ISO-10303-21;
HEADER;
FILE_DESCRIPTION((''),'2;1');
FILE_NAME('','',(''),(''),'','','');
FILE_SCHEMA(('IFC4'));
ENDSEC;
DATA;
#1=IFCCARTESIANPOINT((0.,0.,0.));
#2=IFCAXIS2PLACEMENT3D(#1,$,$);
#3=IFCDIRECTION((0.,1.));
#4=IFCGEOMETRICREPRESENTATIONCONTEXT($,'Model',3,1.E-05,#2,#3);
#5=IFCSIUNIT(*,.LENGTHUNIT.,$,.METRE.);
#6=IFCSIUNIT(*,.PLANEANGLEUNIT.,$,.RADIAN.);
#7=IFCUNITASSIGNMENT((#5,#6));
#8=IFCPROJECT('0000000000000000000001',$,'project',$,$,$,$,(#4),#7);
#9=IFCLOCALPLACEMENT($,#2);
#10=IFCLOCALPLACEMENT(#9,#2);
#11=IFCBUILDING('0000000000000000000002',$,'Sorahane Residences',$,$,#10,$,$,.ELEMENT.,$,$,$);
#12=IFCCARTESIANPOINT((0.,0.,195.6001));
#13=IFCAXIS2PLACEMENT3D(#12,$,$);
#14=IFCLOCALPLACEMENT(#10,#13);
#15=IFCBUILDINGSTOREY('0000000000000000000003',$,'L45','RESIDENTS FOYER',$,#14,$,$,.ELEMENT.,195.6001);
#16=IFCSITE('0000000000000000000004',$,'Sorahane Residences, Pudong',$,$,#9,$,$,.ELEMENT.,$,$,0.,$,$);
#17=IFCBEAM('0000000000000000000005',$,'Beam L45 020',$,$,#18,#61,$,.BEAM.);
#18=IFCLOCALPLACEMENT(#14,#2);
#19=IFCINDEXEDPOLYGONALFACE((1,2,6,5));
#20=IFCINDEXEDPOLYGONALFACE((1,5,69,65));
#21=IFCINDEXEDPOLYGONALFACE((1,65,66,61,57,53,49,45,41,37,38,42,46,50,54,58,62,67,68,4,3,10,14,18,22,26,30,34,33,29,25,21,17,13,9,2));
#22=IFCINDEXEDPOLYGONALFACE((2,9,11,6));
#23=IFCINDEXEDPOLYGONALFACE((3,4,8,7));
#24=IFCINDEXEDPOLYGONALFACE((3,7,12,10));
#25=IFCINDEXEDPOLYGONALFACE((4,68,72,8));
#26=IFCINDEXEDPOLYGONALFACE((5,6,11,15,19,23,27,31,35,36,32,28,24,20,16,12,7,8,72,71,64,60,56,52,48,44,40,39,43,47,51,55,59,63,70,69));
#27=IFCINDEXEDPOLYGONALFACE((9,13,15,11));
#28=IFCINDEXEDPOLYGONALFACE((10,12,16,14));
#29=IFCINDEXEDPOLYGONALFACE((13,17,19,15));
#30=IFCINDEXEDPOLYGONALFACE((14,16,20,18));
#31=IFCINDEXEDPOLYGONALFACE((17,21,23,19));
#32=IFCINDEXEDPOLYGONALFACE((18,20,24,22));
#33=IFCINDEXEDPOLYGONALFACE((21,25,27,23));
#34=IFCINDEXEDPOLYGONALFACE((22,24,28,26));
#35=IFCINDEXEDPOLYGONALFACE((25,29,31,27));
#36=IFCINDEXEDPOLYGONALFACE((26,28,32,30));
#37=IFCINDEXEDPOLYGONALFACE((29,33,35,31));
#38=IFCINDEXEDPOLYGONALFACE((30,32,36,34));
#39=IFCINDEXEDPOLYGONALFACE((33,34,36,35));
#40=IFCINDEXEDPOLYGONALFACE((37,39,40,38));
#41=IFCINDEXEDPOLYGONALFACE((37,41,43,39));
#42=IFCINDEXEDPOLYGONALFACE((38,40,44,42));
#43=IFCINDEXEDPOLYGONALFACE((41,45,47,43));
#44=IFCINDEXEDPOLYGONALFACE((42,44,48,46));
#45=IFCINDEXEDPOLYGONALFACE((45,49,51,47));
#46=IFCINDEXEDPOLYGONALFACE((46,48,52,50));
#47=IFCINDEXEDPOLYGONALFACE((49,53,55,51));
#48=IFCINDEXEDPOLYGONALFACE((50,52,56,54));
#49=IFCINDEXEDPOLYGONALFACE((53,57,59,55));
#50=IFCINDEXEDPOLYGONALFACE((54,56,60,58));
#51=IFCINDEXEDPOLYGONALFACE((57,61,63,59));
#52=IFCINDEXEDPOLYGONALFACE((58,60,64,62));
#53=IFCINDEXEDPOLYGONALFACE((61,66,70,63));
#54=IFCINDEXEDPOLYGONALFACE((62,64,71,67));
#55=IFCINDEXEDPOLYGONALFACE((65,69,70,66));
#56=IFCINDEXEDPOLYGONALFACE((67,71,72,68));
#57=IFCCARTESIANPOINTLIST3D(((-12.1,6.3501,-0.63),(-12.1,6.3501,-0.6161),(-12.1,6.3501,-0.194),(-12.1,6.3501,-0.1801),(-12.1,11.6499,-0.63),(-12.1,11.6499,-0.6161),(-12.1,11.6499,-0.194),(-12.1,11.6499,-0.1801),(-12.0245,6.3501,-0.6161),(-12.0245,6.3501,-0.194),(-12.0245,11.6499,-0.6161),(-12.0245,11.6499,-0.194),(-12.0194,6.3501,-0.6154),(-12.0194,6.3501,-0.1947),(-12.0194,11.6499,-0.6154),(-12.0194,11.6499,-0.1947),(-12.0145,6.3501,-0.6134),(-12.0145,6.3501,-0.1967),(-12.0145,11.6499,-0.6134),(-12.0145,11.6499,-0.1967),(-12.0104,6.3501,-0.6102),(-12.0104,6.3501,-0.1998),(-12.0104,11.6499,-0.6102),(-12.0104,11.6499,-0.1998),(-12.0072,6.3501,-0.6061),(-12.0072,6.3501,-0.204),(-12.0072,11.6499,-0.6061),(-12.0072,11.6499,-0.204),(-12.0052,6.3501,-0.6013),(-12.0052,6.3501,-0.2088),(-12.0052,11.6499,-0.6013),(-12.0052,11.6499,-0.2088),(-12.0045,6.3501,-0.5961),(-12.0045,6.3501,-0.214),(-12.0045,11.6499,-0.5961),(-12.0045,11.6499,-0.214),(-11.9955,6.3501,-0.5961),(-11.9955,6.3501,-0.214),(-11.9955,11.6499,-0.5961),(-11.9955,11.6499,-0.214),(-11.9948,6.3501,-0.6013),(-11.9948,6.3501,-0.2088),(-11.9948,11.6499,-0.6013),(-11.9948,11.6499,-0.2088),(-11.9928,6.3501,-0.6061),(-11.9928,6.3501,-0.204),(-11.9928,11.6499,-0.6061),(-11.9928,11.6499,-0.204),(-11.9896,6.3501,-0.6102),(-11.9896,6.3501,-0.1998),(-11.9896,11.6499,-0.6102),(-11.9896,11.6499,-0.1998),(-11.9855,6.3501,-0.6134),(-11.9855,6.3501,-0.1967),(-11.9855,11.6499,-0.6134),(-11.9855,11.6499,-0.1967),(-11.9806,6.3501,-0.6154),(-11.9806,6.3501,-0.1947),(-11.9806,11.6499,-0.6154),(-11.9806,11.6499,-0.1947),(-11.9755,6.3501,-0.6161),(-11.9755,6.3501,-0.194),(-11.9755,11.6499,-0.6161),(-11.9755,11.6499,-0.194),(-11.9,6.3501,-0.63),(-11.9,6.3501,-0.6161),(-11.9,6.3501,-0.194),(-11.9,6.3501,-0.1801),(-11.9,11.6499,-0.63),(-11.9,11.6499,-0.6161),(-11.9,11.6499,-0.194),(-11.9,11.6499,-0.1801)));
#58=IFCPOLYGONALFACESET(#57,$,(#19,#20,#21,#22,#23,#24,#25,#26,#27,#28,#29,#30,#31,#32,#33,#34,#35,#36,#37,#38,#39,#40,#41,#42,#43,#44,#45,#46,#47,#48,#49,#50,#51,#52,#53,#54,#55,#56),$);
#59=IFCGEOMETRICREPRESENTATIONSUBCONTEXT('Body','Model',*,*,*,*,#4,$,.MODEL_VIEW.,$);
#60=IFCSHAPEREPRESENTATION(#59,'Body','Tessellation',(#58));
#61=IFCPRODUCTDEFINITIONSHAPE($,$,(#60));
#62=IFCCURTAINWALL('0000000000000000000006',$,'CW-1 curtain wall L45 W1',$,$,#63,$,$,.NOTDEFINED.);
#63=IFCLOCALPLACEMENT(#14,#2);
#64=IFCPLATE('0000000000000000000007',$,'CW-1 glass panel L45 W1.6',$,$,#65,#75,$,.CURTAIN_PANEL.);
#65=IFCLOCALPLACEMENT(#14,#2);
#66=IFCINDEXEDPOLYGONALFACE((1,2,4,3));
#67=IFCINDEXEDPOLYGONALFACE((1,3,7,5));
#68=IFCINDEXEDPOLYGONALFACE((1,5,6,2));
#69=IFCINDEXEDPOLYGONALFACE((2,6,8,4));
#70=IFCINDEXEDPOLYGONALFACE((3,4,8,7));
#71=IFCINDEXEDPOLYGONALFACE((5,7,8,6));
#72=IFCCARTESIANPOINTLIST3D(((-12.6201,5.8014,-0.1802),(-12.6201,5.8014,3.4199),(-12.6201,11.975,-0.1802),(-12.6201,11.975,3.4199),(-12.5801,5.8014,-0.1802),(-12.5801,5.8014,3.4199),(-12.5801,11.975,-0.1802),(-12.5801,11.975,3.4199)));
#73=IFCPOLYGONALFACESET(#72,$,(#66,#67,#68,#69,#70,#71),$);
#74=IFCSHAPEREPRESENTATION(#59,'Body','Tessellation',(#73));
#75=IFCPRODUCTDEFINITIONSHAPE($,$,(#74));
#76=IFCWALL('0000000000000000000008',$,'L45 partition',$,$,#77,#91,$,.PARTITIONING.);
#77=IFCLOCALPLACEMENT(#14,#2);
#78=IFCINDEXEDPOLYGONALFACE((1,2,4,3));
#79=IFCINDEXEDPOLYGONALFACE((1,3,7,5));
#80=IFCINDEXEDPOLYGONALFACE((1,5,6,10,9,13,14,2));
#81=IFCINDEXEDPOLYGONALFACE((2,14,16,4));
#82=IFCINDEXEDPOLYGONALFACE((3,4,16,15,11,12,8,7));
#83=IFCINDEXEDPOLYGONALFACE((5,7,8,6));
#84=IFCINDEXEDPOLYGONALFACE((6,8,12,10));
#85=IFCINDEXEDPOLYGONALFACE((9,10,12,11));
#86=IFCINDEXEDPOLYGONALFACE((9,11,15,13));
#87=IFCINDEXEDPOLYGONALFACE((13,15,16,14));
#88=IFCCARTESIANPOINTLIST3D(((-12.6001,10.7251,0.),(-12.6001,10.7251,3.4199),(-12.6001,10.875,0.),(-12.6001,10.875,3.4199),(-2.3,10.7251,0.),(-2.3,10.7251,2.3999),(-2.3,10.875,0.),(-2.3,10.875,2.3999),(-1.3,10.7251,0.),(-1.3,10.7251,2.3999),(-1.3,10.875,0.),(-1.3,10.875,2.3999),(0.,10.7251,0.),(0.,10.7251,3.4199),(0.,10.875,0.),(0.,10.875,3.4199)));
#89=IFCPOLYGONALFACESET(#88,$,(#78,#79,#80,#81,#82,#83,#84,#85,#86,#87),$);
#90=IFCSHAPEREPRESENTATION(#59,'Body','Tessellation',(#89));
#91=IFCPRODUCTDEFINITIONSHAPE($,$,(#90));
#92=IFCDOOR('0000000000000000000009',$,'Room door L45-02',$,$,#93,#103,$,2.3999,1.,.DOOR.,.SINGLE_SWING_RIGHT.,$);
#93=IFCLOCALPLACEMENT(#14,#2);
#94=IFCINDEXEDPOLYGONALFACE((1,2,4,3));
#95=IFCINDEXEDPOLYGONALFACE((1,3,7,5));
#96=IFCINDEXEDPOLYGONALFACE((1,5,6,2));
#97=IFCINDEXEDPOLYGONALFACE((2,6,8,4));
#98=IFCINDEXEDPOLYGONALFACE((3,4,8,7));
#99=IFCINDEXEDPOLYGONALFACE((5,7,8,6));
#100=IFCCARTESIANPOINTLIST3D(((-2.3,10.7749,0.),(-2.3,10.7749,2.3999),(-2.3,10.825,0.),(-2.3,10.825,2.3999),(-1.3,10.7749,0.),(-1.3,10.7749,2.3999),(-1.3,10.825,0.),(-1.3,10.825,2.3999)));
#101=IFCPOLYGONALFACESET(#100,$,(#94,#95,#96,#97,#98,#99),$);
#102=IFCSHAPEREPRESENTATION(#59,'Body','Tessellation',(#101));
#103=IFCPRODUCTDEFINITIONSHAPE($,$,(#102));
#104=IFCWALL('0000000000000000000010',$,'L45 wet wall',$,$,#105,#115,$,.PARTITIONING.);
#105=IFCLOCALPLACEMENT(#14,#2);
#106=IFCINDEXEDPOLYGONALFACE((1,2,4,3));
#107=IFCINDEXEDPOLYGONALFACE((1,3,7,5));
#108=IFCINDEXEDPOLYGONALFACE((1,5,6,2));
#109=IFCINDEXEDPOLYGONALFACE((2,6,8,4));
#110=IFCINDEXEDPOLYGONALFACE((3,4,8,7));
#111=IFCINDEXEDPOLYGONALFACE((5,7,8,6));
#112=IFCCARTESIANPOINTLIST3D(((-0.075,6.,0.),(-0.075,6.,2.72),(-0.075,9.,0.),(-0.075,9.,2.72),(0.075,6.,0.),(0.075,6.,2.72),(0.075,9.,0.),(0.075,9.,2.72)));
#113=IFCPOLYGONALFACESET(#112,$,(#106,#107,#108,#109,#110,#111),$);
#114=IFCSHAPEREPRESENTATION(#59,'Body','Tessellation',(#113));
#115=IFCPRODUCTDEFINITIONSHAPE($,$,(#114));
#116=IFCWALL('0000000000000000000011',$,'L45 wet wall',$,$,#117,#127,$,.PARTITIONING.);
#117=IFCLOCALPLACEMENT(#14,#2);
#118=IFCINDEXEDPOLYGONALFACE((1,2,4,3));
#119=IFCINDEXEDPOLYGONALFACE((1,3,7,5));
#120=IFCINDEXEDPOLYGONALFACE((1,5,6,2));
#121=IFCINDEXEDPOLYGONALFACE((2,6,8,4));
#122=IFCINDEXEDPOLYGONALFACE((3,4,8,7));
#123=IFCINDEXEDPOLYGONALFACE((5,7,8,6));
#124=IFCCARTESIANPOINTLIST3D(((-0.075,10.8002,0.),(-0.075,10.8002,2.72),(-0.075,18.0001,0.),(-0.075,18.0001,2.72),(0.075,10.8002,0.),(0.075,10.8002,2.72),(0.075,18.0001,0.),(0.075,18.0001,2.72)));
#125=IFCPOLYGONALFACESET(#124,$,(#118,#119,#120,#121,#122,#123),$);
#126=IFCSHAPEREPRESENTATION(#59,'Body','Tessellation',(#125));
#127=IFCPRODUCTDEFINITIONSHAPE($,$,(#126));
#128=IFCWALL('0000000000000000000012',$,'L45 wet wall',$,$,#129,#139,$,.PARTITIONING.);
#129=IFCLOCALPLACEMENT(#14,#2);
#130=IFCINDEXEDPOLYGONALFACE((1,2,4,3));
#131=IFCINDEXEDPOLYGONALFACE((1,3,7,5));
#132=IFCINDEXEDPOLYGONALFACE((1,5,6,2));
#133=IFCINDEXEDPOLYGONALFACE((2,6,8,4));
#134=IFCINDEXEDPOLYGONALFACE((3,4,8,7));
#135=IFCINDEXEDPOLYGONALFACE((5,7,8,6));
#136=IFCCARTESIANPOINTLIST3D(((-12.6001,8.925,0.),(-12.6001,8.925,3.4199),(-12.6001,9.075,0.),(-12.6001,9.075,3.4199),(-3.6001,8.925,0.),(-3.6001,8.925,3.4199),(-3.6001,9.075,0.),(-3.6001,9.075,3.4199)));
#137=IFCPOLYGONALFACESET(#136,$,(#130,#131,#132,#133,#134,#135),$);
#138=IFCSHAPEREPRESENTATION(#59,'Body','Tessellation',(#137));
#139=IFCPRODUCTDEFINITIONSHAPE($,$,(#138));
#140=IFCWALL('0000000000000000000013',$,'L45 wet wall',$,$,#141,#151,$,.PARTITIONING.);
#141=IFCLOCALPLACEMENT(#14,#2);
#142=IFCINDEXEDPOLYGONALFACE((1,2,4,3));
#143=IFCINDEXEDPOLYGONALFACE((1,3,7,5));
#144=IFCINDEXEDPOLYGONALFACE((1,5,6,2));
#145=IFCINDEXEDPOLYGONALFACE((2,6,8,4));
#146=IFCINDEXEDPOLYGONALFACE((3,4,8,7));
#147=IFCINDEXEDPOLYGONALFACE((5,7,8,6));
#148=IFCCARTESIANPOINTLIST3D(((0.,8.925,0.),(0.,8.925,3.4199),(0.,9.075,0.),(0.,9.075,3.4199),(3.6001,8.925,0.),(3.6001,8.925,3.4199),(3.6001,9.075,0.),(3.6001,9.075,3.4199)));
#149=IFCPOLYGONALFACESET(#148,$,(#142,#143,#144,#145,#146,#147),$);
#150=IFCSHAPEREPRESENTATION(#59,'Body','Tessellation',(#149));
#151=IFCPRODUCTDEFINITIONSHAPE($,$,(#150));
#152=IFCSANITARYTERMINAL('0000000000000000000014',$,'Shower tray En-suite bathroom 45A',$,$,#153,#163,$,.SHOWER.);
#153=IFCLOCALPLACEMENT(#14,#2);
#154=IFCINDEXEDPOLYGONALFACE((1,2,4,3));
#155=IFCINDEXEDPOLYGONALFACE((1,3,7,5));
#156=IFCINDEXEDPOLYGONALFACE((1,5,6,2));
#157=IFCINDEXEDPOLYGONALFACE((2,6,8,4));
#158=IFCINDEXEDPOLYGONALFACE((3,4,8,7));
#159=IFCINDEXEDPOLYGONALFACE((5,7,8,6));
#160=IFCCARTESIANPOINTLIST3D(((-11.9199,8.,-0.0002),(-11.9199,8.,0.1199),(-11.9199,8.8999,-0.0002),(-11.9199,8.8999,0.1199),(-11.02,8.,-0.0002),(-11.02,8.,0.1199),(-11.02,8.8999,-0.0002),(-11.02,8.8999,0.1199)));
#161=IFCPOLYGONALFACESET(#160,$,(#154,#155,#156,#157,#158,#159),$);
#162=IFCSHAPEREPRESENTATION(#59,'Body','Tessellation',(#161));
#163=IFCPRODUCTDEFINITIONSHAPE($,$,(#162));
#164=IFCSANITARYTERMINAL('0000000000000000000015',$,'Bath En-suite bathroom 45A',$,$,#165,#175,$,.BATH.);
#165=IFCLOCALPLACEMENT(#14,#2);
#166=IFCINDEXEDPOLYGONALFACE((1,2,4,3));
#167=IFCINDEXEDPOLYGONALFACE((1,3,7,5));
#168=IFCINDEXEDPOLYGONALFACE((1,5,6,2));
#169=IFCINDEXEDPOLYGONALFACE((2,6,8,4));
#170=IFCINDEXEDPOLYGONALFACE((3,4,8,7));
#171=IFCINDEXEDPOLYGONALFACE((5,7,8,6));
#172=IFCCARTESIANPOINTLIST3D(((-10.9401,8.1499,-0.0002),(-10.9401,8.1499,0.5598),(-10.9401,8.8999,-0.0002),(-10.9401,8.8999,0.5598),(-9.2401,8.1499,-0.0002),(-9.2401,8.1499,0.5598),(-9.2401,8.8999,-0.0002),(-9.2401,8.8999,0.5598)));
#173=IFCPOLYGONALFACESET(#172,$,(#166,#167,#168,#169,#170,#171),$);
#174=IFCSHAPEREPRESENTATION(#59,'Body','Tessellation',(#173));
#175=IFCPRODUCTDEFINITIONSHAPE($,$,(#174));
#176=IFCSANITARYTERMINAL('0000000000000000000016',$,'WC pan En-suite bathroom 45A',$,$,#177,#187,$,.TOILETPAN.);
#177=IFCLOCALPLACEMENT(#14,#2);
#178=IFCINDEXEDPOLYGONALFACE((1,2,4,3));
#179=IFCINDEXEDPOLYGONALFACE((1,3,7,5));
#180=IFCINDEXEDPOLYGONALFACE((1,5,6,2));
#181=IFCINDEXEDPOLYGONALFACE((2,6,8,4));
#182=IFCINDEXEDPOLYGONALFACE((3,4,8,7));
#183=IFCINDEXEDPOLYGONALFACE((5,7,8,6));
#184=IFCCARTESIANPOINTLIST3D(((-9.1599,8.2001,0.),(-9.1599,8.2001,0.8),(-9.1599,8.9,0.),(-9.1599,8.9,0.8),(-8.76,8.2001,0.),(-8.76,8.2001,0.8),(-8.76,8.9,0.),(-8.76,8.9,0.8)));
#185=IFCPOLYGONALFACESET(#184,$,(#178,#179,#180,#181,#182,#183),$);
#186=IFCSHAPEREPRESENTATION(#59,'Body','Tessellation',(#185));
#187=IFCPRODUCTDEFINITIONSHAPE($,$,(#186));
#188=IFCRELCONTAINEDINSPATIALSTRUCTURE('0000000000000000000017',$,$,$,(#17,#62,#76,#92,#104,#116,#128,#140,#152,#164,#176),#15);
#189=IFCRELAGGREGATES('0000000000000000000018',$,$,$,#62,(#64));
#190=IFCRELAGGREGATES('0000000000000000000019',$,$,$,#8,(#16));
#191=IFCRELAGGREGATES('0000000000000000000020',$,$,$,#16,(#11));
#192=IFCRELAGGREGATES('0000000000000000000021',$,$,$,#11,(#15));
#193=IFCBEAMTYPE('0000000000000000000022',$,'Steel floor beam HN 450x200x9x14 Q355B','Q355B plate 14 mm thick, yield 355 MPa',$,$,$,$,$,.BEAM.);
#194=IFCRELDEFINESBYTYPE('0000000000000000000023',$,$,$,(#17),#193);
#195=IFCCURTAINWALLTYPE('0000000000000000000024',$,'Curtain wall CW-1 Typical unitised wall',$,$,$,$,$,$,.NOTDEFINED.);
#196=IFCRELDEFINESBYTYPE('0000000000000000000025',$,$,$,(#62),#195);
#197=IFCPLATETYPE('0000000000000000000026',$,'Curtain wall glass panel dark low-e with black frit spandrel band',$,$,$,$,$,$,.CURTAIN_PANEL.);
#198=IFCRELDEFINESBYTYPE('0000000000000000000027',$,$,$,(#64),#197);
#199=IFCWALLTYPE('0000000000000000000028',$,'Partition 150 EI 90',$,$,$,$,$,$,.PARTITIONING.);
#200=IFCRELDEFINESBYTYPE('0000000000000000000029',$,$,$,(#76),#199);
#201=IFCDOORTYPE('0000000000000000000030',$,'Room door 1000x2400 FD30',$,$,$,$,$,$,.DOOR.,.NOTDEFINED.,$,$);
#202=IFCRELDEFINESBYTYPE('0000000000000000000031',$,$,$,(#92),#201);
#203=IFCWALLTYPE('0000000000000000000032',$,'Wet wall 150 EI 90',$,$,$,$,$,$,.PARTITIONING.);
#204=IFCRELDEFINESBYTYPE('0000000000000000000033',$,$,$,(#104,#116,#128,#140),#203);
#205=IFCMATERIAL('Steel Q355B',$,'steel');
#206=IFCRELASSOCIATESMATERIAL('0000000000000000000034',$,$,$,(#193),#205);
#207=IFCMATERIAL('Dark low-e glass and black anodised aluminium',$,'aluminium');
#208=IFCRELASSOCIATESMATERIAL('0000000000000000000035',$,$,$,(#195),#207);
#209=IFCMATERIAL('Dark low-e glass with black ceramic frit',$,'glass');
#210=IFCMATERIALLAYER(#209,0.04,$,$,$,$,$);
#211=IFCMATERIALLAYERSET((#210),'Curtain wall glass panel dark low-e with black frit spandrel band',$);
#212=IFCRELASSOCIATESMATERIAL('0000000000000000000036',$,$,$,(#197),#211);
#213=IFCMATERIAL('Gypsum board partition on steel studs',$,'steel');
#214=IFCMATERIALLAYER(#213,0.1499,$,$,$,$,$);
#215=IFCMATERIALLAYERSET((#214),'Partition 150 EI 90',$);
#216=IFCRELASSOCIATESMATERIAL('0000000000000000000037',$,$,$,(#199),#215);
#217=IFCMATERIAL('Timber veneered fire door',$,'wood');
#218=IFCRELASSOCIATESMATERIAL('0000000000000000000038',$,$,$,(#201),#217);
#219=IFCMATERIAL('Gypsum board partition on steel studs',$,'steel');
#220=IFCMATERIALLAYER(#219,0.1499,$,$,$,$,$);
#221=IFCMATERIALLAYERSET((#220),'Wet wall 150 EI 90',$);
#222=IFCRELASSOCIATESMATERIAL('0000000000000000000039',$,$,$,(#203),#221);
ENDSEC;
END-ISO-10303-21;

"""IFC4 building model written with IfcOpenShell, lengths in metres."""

from ifc_helpers import new_model, si_unit, direction, frame, frame_2d, origin, origin_2d, place, context, subcontext, project, spatial, rectangle, i_section, extrude, material, layer, layer_set, material_profile, profile_set, type_object, element, fill, aggregate, save


model = new_model("IFC4")

# Units and contexts
model_context = context("Model", 3, precision=1e-05, world=origin(), true_north=direction((0.0, 1.0)))
body_context = subcontext(model_context, "Body", "Model", "MODEL_VIEW")
ifc_project = project(units=[si_unit("LENGTHUNIT", "METRE"), si_unit("PLANEANGLEUNIT", "RADIAN")], contexts=[model_context])

# Site, building, storey
site_placement = place(None, origin())
site = spatial("IfcSite", under=ifc_project, at=site_placement, Name="Sorahane Residences, Pudong", CompositionType="ELEMENT", RefElevation=0.0)
building_placement = place(site_placement, origin())
building = spatial("IfcBuilding", under=site, at=building_placement, Name="Sorahane Residences", CompositionType="ELEMENT")
storey_placement = place(building_placement, frame((0.0, 0.0, 195.6001)))
storey = spatial("IfcBuildingStorey", under=building, at=storey_placement, Name="L45", Description="RESIDENTS FOYER", CompositionType="ELEMENT", Elevation=195.6001)

# Beam
ifc_material_1 = material(Name="Steel Q355B", Category="steel")
ifc_material_profile = material_profile(ifc_material_1, i_section(OverallWidth=0.2, OverallDepth=0.45, WebThickness=0.009, FlangeThickness=0.0139, FilletRadius=0.02, at=origin_2d()), Name="HN 450x200x9x14")
ifc_profile_set = profile_set([ifc_material_profile], Name="Steel Q355B")
beam_type = type_object("IfcBeamType", Name="Steel floor beam HN 450x200x9x14 Q355B", Description="Q355B plate 14 mm thick, yield 355 MPa", PredefinedType="BEAM", material=ifc_profile_set)
beam_placement = place(storey_placement, frame((-12.0, 6.3501, -0.405), z_axis=(0.0, 1.0, 0.0), x_axis=(-1.0, 0.0, 0.0)))
element("IfcBeam", 1, at=beam_placement, inside=storey, type_object=beam_type, Name="Beam L45 020", PredefinedType="BEAM", context=body_context, shape_type="SweptSolid", body=[
    extrude(i_section(OverallWidth=0.2, OverallDepth=0.45, WebThickness=0.009, FlangeThickness=0.0139, FilletRadius=0.02, at=origin_2d()), origin(), (0.0, 0.0, 1.0), 5.2998),
])

# Curtain wall, plate
ifc_material_2 = material(Name="Dark low-e glass and black anodised aluminium", Category="aluminium")
curtain_wall_type = type_object("IfcCurtainWallType", Name="Curtain wall CW-1 Typical unitised wall", PredefinedType="NOTDEFINED", material=ifc_material_2)
curtain_wall_placement = place(storey_placement, origin())
curtain_wall = element("IfcCurtainWall", 2, at=curtain_wall_placement, inside=storey, type_object=curtain_wall_type, Name="CW-1 curtain wall L45 W1", PredefinedType="NOTDEFINED")
ifc_material_3 = material(Name="Dark low-e glass with black ceramic frit", Category="glass")
ifc_layer_1 = layer(ifc_material_3, 0.04)
ifc_layer_set_1 = layer_set([ifc_layer_1], Name="Curtain wall glass panel dark low-e with black frit spandrel band")
plate_type = type_object("IfcPlateType", Name="Curtain wall glass panel dark low-e with black frit spandrel band", PredefinedType="CURTAIN_PANEL", material=ifc_layer_set_1)
plate_placement = place(storey_placement, frame((-12.6001, 8.8882, -0.1802), z_axis=(0.0, 0.0, 1.0), x_axis=(0.0, -1.0, 0.0)))
plate = element("IfcPlate", 3, at=plate_placement, type_object=plate_type, Name="CW-1 glass panel L45 W1.6", PredefinedType="CURTAIN_PANEL", context=body_context, shape_type="SweptSolid", body=[
    extrude(rectangle(XDim=6.1736, YDim=0.04, at=origin_2d()), origin(), (0.0, 0.0, 1.0), 3.6001),
])
aggregate(curtain_wall, [plate])

# Wall, opening, door
ifc_material_4 = material(Name="Gypsum board partition on steel studs", Category="steel")
ifc_layer_2 = layer(ifc_material_4, 0.1499)
ifc_layer_set_2 = layer_set([ifc_layer_2], Name="Partition 150 EI 90")
wall_type_1 = type_object("IfcWallType", Name="Partition 150 EI 90", PredefinedType="PARTITIONING", material=ifc_layer_set_2)
wall_1_placement = place(storey_placement, frame((-12.6001, 10.8, 0.0), z_axis=(0.0, 0.0, 1.0), x_axis=(1.0, 0.0, 0.0)))
wall_1 = element("IfcWall", 4, at=wall_1_placement, inside=storey, type_object=wall_type_1, Name="L45 partition", PredefinedType="PARTITIONING", context=body_context, shape_type="SweptSolid", body=[
    extrude(rectangle(XDim=12.6001, YDim=0.1499, at=frame_2d((6.3, 0.0))), origin(), (0.0, 0.0, 1.0), 3.4199),
])
opening_1_placement = place(wall_1_placement, frame((10.3, 0.0, 0.0)))
opening_1 = element("IfcOpeningElement", 5, at=opening_1_placement, cuts=wall_1, PredefinedType="OPENING", context=body_context, shape_type="SweptSolid", body=[
    extrude(rectangle(XDim=1.0, YDim=2.3999, at=frame_2d((0.5, 1.2))), frame((0.0, 0.085, 0.0), z_axis=(0.0, -1.0, 0.0), x_axis=(1.0, 0.0, 0.0)), (0.0, 0.0, 1.0), 0.1699),
])
ifc_material_5 = material(Name="Timber veneered fire door", Category="wood")
door_type_1 = type_object("IfcDoorType", Name="Room door 1000x2400 FD30", OperationType="NOTDEFINED", PredefinedType="DOOR", material=ifc_material_5)
door_1_placement = place(opening_1_placement, origin())
door_1 = element("IfcDoor", 6, at=door_1_placement, inside=storey, type_object=door_type_1, Name="Room door L45-02", OperationType="SINGLE_SWING_RIGHT", OverallHeight=2.3999, OverallWidth=1.0, PredefinedType="DOOR", context=body_context, shape_type="SweptSolid", body=[
    extrude(rectangle(XDim=1.0, YDim=2.3999, at=frame_2d((0.5, 1.2))), frame((0.0, 0.0249, 0.0), z_axis=(0.0, -1.0, 0.0), x_axis=(1.0, 0.0, 0.0)), (0.0, 0.0, 1.0), 0.05),
])
fill(opening_1, door_1)

# Walls
ifc_material_6 = material(Name="Gypsum board partition on steel studs", Category="steel")
ifc_layer_3 = layer(ifc_material_6, 0.1499)
ifc_layer_set_3 = layer_set([ifc_layer_3], Name="Wet wall 150 EI 90")
wall_type_2 = type_object("IfcWallType", Name="Wet wall 150 EI 90", PredefinedType="PARTITIONING", material=ifc_layer_set_3)
wall_2_placement = place(storey_placement, frame((0.0, 6.0, 0.0), z_axis=(0.0, 0.0, 1.0), x_axis=(0.0, 1.0, 0.0)))
element("IfcWall", 7, at=wall_2_placement, inside=storey, type_object=wall_type_2, Name="L45 wet wall", PredefinedType="PARTITIONING", context=body_context, shape_type="SweptSolid", body=[
    extrude(rectangle(XDim=3.0, YDim=0.1499, at=frame_2d((1.5, 0.0))), origin(), (0.0, 0.0, 1.0), 2.72),
])
wall_3_placement = place(storey_placement, frame((0.0, 10.8, 0.0), z_axis=(0.0, 0.0, 1.0), x_axis=(0.0, 1.0, 0.0)))
element("IfcWall", 8, at=wall_3_placement, inside=storey, type_object=wall_type_2, Name="L45 wet wall", PredefinedType="PARTITIONING", context=body_context, shape_type="SweptSolid", body=[
    extrude(rectangle(XDim=7.2, YDim=0.1499, at=frame_2d((3.6001, 0.0))), origin(), (0.0, 0.0, 1.0), 2.72),
])

# Walls
wall_4_placement = place(storey_placement, frame((-12.6001, 9.0, 0.0), z_axis=(0.0, 0.0, 1.0), x_axis=(1.0, 0.0, 0.0)))
element("IfcWall", 9, at=wall_4_placement, inside=storey, type_object=wall_type_2, Name="L45 wet wall", PredefinedType="PARTITIONING", context=body_context, shape_type="SweptSolid", body=[
    extrude(rectangle(XDim=9.0, YDim=0.1499, at=frame_2d((4.5, 0.0))), origin(), (0.0, 0.0, 1.0), 3.4199),
])
wall_5_placement = place(storey_placement, frame((0.0, 9.0, 0.0), z_axis=(0.0, 0.0, 1.0), x_axis=(1.0, 0.0, 0.0)))
element("IfcWall", 10, at=wall_5_placement, inside=storey, type_object=wall_type_2, Name="L45 wet wall", PredefinedType="PARTITIONING", context=body_context, shape_type="SweptSolid", body=[
    extrude(rectangle(XDim=3.6001, YDim=0.1499, at=frame_2d((1.8, 0.0))), origin(), (0.0, 0.0, 1.0), 3.4199),
])

# Sanitary terminals
sanitary_terminal_1_placement = place(storey_placement, frame((-11.47, 8.45, -0.0002), z_axis=(0.0, 0.0, 1.0), x_axis=(1.0, 0.0, 0.0)))
element("IfcSanitaryTerminal", 11, at=sanitary_terminal_1_placement, inside=storey, Name="Shower tray En-suite bathroom 45A", PredefinedType="SHOWER", context=body_context, shape_type="SweptSolid", body=[
    extrude(rectangle(XDim=0.8999, YDim=0.8999, at=origin_2d()), origin(), (0.0, 0.0, 1.0), 0.1201),
])
sanitary_terminal_2_placement = place(storey_placement, frame((-10.0901, 8.5249, -0.0002), z_axis=(0.0, 0.0, 1.0), x_axis=(1.0, 0.0, 0.0)))
element("IfcSanitaryTerminal", 12, at=sanitary_terminal_2_placement, inside=storey, Name="Bath En-suite bathroom 45A", PredefinedType="BATH", context=body_context, shape_type="SweptSolid", body=[
    extrude(rectangle(XDim=1.7, YDim=0.75, at=origin_2d()), origin(), (0.0, 0.0, 1.0), 0.5601),
])
sanitary_terminal_3_placement = place(storey_placement, frame((-8.96, 8.55, 0.0), z_axis=(0.0, 0.0, 1.0), x_axis=(1.0, 0.0, 0.0)))
element("IfcSanitaryTerminal", 13, at=sanitary_terminal_3_placement, inside=storey, Name="WC pan En-suite bathroom 45A", PredefinedType="TOILETPAN", context=body_context, shape_type="SweptSolid", body=[
    extrude(rectangle(XDim=0.3999, YDim=0.7, at=origin_2d()), origin(), (0.0, 0.0, 1.0), 0.8),
])

save(model, "model.ifc")
